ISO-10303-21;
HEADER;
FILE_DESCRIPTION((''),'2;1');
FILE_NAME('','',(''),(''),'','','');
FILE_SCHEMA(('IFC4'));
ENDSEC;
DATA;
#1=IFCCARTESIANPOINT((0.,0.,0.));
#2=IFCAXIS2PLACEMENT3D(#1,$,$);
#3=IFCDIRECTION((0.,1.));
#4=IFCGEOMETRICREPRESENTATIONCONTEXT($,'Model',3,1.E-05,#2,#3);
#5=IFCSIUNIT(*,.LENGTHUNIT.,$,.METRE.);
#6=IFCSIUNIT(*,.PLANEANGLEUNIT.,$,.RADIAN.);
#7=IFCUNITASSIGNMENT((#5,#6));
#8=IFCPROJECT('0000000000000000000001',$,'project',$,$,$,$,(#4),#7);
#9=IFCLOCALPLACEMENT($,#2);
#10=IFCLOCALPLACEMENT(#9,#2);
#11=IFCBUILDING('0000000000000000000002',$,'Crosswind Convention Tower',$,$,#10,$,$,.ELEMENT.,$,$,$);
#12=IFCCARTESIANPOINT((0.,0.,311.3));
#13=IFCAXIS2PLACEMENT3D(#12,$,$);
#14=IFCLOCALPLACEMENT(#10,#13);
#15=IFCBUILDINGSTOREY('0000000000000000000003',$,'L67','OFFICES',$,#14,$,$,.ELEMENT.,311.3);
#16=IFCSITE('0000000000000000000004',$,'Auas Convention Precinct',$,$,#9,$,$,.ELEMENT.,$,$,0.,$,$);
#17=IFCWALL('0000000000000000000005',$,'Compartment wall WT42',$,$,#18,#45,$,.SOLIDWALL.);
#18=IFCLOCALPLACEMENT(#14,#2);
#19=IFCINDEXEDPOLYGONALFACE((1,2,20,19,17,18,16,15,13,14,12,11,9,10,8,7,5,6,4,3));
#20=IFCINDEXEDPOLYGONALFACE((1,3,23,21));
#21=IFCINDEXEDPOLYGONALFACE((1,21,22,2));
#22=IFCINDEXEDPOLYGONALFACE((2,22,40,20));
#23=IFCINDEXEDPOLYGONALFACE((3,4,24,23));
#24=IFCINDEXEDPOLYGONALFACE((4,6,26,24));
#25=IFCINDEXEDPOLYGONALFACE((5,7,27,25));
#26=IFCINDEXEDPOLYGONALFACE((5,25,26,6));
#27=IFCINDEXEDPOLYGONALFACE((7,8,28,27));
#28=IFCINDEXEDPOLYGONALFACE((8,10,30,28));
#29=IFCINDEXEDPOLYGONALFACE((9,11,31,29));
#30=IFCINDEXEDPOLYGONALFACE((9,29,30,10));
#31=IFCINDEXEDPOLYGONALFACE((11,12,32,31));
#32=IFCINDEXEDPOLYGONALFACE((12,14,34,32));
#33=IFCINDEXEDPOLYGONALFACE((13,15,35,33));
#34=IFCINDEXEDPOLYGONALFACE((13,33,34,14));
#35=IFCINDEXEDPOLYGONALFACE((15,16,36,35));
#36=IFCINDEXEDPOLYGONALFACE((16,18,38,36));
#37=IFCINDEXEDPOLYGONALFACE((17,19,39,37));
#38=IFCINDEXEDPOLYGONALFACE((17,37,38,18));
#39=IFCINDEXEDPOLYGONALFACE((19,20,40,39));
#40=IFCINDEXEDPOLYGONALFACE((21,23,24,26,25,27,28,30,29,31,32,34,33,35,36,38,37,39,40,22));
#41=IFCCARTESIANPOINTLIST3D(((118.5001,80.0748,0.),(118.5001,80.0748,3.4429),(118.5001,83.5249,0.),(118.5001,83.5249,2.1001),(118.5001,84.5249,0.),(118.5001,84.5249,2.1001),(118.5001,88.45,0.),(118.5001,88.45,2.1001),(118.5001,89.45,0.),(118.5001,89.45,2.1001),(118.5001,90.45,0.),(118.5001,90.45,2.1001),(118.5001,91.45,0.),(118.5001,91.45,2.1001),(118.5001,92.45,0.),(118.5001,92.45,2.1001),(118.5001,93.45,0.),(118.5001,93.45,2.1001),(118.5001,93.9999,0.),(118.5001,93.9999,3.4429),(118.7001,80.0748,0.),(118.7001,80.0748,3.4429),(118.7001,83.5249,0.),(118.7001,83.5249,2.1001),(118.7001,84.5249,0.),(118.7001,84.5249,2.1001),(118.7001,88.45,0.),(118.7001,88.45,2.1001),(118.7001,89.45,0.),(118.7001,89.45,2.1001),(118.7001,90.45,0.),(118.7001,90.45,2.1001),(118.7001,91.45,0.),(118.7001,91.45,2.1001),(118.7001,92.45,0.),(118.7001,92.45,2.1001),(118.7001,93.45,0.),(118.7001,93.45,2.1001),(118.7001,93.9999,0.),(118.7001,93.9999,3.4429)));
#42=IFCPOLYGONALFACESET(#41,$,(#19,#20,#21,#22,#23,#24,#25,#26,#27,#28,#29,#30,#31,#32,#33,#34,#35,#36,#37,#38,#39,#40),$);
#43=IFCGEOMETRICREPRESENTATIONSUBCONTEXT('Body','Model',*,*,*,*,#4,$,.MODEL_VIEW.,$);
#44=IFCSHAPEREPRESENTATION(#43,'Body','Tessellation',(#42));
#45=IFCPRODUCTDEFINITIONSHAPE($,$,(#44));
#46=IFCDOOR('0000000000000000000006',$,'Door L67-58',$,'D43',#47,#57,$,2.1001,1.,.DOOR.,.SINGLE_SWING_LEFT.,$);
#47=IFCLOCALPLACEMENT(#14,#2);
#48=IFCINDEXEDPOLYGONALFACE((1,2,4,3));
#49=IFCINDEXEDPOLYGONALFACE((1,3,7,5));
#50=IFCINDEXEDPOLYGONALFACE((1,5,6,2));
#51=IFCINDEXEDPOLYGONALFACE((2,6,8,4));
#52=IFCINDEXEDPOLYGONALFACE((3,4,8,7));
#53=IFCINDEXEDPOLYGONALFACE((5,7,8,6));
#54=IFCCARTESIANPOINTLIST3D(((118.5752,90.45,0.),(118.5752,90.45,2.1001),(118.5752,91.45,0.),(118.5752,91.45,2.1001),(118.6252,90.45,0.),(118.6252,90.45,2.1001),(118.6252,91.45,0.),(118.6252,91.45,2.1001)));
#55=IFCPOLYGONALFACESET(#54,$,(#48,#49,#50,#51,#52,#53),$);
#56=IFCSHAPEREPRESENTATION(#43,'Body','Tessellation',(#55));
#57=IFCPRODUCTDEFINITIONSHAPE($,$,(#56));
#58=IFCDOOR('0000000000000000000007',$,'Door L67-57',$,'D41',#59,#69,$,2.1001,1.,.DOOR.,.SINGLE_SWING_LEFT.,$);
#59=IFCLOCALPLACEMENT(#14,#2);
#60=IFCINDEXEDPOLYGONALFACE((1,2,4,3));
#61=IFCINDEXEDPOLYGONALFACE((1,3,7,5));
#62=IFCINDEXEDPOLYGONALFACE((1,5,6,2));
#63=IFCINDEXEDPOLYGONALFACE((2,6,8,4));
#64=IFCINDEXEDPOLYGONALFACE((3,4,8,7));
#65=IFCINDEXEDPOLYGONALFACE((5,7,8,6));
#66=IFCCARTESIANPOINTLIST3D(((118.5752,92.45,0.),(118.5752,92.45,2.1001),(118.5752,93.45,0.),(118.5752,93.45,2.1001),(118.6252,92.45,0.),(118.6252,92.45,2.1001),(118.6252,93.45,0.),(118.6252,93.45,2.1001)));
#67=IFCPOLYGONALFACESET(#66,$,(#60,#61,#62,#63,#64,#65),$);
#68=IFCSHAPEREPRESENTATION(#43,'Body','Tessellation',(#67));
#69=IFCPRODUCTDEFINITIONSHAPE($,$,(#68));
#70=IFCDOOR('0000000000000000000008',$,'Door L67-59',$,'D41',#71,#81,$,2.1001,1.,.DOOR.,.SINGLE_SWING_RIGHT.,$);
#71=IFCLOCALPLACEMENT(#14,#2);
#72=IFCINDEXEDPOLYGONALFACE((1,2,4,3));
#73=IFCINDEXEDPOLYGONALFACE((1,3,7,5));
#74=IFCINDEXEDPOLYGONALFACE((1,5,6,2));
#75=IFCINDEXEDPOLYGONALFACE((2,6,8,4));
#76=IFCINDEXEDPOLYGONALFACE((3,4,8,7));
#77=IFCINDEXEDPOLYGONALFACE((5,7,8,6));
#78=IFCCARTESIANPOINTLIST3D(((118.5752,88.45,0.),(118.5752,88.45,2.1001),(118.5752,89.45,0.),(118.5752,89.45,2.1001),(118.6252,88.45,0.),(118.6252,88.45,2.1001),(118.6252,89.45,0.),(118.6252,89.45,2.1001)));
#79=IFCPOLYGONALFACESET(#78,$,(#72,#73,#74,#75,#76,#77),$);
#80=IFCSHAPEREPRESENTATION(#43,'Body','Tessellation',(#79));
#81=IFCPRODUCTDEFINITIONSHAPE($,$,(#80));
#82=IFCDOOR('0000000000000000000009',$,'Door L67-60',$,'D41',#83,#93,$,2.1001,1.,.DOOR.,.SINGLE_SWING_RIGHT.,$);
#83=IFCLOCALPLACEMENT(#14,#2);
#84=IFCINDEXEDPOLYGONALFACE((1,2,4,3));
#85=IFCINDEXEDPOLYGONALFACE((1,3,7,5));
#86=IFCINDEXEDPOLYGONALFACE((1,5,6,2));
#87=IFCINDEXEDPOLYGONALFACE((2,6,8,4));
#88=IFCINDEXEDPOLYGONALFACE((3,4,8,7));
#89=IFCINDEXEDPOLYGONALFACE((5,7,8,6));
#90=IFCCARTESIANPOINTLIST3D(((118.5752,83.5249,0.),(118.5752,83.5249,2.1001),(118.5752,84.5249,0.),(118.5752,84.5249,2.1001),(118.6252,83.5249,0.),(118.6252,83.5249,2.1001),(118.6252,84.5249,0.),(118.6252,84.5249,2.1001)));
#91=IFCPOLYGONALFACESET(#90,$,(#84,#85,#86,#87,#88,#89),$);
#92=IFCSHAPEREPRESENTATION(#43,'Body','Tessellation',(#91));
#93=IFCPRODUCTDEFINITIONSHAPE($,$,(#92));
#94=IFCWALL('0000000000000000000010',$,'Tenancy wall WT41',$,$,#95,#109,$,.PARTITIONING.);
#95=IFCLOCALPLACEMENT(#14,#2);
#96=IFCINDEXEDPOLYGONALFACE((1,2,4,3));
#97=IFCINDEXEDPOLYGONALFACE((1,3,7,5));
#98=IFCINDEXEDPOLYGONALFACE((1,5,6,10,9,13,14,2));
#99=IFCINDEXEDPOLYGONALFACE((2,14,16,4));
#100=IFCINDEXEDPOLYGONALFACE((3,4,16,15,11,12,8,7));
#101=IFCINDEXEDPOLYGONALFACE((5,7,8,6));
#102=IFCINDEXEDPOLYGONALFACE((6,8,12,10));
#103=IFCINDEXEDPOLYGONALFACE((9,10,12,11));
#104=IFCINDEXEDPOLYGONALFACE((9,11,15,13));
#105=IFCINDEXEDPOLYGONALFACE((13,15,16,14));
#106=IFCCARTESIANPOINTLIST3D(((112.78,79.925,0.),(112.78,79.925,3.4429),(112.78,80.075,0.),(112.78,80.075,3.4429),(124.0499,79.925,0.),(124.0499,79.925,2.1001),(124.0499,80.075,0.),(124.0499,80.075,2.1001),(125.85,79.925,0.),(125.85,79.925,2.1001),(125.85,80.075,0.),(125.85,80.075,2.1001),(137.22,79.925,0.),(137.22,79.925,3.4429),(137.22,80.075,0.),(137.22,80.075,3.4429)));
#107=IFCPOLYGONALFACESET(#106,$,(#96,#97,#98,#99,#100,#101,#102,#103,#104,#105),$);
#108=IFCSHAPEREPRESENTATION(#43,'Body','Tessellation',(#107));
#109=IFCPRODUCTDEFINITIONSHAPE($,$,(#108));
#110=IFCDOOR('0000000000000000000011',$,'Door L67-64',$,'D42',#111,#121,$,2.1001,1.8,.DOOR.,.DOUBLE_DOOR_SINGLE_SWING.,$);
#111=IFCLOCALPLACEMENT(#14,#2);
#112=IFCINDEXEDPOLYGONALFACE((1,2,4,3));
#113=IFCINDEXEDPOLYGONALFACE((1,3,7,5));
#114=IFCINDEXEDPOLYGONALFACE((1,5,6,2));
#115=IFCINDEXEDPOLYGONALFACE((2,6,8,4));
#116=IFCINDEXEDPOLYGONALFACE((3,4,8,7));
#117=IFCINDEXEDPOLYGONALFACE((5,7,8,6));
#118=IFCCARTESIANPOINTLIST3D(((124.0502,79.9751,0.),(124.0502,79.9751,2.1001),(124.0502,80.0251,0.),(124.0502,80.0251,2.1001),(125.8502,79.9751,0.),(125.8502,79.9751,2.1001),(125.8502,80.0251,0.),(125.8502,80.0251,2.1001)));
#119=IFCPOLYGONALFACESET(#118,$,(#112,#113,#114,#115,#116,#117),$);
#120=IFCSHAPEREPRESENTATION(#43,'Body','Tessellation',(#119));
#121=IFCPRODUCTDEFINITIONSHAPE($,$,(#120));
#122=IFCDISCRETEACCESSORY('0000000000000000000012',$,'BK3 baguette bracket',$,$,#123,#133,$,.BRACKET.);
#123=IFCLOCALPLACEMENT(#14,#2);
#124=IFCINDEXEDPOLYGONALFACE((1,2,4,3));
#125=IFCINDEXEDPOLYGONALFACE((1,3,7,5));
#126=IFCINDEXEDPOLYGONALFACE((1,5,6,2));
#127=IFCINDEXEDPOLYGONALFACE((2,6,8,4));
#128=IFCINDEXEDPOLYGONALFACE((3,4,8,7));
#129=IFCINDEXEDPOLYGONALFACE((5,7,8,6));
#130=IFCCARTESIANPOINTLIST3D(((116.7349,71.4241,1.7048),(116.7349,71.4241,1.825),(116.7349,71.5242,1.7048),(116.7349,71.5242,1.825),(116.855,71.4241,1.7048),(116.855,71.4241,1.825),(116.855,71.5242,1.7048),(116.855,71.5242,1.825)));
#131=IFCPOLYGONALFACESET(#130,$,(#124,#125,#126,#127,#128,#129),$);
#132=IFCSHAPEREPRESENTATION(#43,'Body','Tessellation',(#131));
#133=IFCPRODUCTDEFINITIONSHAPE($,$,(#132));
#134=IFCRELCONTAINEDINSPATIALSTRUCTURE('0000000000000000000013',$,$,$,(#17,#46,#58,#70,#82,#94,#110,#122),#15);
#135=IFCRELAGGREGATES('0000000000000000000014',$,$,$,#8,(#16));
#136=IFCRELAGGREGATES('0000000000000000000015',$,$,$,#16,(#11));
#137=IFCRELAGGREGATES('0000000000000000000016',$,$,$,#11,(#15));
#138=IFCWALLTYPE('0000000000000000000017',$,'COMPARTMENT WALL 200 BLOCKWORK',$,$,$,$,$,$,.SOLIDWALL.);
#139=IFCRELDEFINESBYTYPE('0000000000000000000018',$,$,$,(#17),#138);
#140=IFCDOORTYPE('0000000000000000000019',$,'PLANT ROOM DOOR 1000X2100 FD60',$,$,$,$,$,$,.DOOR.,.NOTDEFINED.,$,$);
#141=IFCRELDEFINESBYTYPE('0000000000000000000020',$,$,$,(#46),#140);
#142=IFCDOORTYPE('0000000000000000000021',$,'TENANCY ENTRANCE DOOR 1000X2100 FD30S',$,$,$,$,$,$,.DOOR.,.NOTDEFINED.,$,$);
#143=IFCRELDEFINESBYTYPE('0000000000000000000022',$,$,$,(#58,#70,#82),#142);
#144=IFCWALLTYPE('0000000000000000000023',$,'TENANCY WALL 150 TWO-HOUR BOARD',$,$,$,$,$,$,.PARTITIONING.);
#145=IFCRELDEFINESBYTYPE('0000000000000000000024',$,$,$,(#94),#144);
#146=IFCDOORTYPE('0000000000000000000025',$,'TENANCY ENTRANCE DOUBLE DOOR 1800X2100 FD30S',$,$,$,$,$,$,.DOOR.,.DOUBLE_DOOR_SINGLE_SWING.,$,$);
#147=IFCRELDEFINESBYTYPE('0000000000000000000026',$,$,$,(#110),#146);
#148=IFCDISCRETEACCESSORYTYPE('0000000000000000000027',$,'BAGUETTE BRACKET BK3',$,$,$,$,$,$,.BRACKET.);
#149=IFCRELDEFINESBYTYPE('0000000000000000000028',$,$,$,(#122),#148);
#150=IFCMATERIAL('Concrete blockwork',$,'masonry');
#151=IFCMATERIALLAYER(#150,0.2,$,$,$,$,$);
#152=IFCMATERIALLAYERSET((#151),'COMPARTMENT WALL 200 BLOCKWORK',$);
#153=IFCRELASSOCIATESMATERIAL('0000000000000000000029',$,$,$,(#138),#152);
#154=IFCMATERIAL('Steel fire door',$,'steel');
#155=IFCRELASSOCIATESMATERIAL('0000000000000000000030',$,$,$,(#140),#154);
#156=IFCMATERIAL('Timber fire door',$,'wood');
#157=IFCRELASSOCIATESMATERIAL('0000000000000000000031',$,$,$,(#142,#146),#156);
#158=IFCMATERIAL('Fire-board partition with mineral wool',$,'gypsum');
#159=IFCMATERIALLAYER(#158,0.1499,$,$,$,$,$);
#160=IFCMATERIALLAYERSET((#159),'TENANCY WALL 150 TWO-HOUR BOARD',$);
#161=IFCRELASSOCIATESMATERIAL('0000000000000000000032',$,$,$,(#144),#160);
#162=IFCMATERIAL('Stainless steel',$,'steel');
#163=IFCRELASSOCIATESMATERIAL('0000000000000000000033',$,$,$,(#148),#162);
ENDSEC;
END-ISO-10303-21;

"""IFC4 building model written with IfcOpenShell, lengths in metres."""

from ifc_helpers import new_model, si_unit, direction, frame, frame_2d, origin, origin_2d, place, context, subcontext, project, spatial, rectangle, extrude, material, layer, layer_set, type_object, element, fill, save


model = new_model("IFC4")

# Units and contexts
model_context = context("Model", 3, precision=1e-05, world=origin(), true_north=direction((0.0, 1.0)))
body_context = subcontext(model_context, "Body", "Model", "MODEL_VIEW")
ifc_project = project(units=[si_unit("LENGTHUNIT", "METRE"), si_unit("PLANEANGLEUNIT", "RADIAN")], contexts=[model_context])

# Site, building, storey
site_placement = place(None, origin())
site = spatial("IfcSite", under=ifc_project, at=site_placement, Name="Auas Convention Precinct", CompositionType="ELEMENT", RefElevation=0.0)
building_placement = place(site_placement, origin())
building = spatial("IfcBuilding", under=site, at=building_placement, Name="Crosswind Convention Tower", CompositionType="ELEMENT")
storey_placement = place(building_placement, frame((0.0, 0.0, 311.3)))
storey = spatial("IfcBuildingStorey", under=building, at=storey_placement, Name="L67", Description="OFFICES", CompositionType="ELEMENT", Elevation=311.3)

# Wall, openings, doors
ifc_material_1 = material(Name="Concrete blockwork", Category="masonry")
ifc_layer_1 = layer(ifc_material_1, 0.2)
ifc_layer_set_1 = layer_set([ifc_layer_1], Name="COMPARTMENT WALL 200 BLOCKWORK")
wall_type_1 = type_object("IfcWallType", Name="COMPARTMENT WALL 200 BLOCKWORK", PredefinedType="SOLIDWALL", material=ifc_layer_set_1)
wall_1_placement = place(storey_placement, frame((118.6001, 80.075, 0.0), z_axis=(0.0, 0.0, 1.0), x_axis=(0.0, 1.0, 0.0)))
wall_1 = element("IfcWall", 1, at=wall_1_placement, inside=storey, type_object=wall_type_1, Name="Compartment wall WT42", PredefinedType="SOLIDWALL", context=body_context, shape_type="SweptSolid", body=[
    extrude(rectangle(XDim=13.925, YDim=0.2, at=frame_2d((6.9624, 0.0))), origin(), (0.0, 0.0, 1.0), 3.4429),
])
opening_1_placement = place(wall_1_placement, frame((12.375, 0.0, 0.0)))
opening_1 = element("IfcOpeningElement", 2, at=opening_1_placement, cuts=wall_1, PredefinedType="OPENING", context=body_context, shape_type="SweptSolid", body=[
    extrude(rectangle(XDim=1.0, YDim=2.1001, at=frame_2d((0.5, 1.05))), frame((0.0, 0.1099, 0.0), z_axis=(0.0, -1.0, 0.0), x_axis=(1.0, 0.0, 0.0)), (0.0, 0.0, 1.0), 0.22),
])
opening_2_placement = place(wall_1_placement, frame((10.375, 0.0, 0.0)))
opening_2 = element("IfcOpeningElement", 3, at=opening_2_placement, cuts=wall_1, PredefinedType="OPENING", context=body_context, shape_type="SweptSolid", body=[
    extrude(rectangle(XDim=1.0, YDim=2.1001, at=frame_2d((0.5, 1.05))), frame((0.0, 0.1099, 0.0), z_axis=(0.0, -1.0, 0.0), x_axis=(1.0, 0.0, 0.0)), (0.0, 0.0, 1.0), 0.22),
])
opening_3_placement = place(wall_1_placement, frame((8.375, 0.0, 0.0)))
opening_3 = element("IfcOpeningElement", 4, at=opening_3_placement, cuts=wall_1, PredefinedType="OPENING", context=body_context, shape_type="SweptSolid", body=[
    extrude(rectangle(XDim=1.0, YDim=2.1001, at=frame_2d((0.5, 1.05))), frame((0.0, 0.1099, 0.0), z_axis=(0.0, -1.0, 0.0), x_axis=(1.0, 0.0, 0.0)), (0.0, 0.0, 1.0), 0.22),
])
opening_4_placement = place(wall_1_placement, frame((3.45, 0.0, 0.0)))
opening_4 = element("IfcOpeningElement", 5, at=opening_4_placement, cuts=wall_1, PredefinedType="OPENING", context=body_context, shape_type="SweptSolid", body=[
    extrude(rectangle(XDim=1.0, YDim=2.1001, at=frame_2d((0.5, 1.05))), frame((0.0, 0.1099, 0.0), z_axis=(0.0, -1.0, 0.0), x_axis=(1.0, 0.0, 0.0)), (0.0, 0.0, 1.0), 0.22),
])
ifc_material_2 = material(Name="Steel fire door", Category="steel")
door_type_1 = type_object("IfcDoorType", Name="PLANT ROOM DOOR 1000X2100 FD60", OperationType="NOTDEFINED", PredefinedType="DOOR", material=ifc_material_2)
door_1_placement = place(opening_2_placement, origin())
door_1 = element("IfcDoor", 6, at=door_1_placement, inside=storey, type_object=door_type_1, Name="Door L67-58", ObjectType="D43", OperationType="SINGLE_SWING_LEFT", OverallHeight=2.1001, OverallWidth=1.0, PredefinedType="DOOR", context=body_context, shape_type="SweptSolid", body=[
    extrude(rectangle(XDim=1.0, YDim=2.1001, at=frame_2d((0.5, 1.05))), frame((0.0, 0.0249, 0.0), z_axis=(0.0, -1.0, 0.0), x_axis=(1.0, 0.0, 0.0)), (0.0, 0.0, 1.0), 0.05),
])
fill(opening_2, door_1)
ifc_material_3 = material(Name="Timber fire door", Category="wood")
door_type_2 = type_object("IfcDoorType", Name="TENANCY ENTRANCE DOOR 1000X2100 FD30S", OperationType="NOTDEFINED", PredefinedType="DOOR", material=ifc_material_3)
door_2_placement = place(opening_1_placement, origin())
door_2 = element("IfcDoor", 7, at=door_2_placement, inside=storey, type_object=door_type_2, Name="Door L67-57", ObjectType="D41", OperationType="SINGLE_SWING_LEFT", OverallHeight=2.1001, OverallWidth=1.0, PredefinedType="DOOR", context=body_context, shape_type="SweptSolid", body=[
    extrude(rectangle(XDim=1.0, YDim=2.1001, at=frame_2d((0.5, 1.05))), frame((0.0, 0.0249, 0.0), z_axis=(0.0, -1.0, 0.0), x_axis=(1.0, 0.0, 0.0)), (0.0, 0.0, 1.0), 0.05),
])
fill(opening_1, door_2)
door_3_placement = place(opening_3_placement, origin())
door_3 = element("IfcDoor", 8, at=door_3_placement, inside=storey, type_object=door_type_2, Name="Door L67-59", ObjectType="D41", OperationType="SINGLE_SWING_RIGHT", OverallHeight=2.1001, OverallWidth=1.0, PredefinedType="DOOR", context=body_context, shape_type="SweptSolid", body=[
    extrude(rectangle(XDim=1.0, YDim=2.1001, at=frame_2d((0.5, 1.05))), frame((0.0, 0.0249, 0.0), z_axis=(0.0, -1.0, 0.0), x_axis=(1.0, 0.0, 0.0)), (0.0, 0.0, 1.0), 0.05),
])
fill(opening_3, door_3)
door_4_placement = place(opening_4_placement, origin())
door_4 = element("IfcDoor", 9, at=door_4_placement, inside=storey, type_object=door_type_2, Name="Door L67-60", ObjectType="D41", OperationType="SINGLE_SWING_RIGHT", OverallHeight=2.1001, OverallWidth=1.0, PredefinedType="DOOR", context=body_context, shape_type="SweptSolid", body=[
    extrude(rectangle(XDim=1.0, YDim=2.1001, at=frame_2d((0.5, 1.05))), frame((0.0, 0.0249, 0.0), z_axis=(0.0, -1.0, 0.0), x_axis=(1.0, 0.0, 0.0)), (0.0, 0.0, 1.0), 0.05),
])
fill(opening_4, door_4)

# Wall, opening, door
ifc_material_4 = material(Name="Fire-board partition with mineral wool", Category="gypsum")
ifc_layer_2 = layer(ifc_material_4, 0.1499)
ifc_layer_set_2 = layer_set([ifc_layer_2], Name="TENANCY WALL 150 TWO-HOUR BOARD")
wall_type_2 = type_object("IfcWallType", Name="TENANCY WALL 150 TWO-HOUR BOARD", PredefinedType="PARTITIONING", material=ifc_layer_set_2)
wall_2_placement = place(storey_placement, frame((112.78, 80.0, 0.0), z_axis=(0.0, 0.0, 1.0), x_axis=(1.0, 0.0, 0.0)))
wall_2 = element("IfcWall", 10, at=wall_2_placement, inside=storey, type_object=wall_type_2, Name="Tenancy wall WT41", PredefinedType="PARTITIONING", context=body_context, shape_type="SweptSolid", body=[
    extrude(rectangle(XDim=24.4399, YDim=0.1499, at=frame_2d((12.22, 0.0))), origin(), (0.0, 0.0, 1.0), 3.4429),
])
opening_5_placement = place(wall_2_placement, frame((11.27, 0.0, 0.0)))
opening_5 = element("IfcOpeningElement", 11, at=opening_5_placement, cuts=wall_2, PredefinedType="OPENING", context=body_context, shape_type="SweptSolid", body=[
    extrude(rectangle(XDim=1.8, YDim=2.1001, at=frame_2d((0.8999, 1.05))), frame((0.0, 0.085, 0.0), z_axis=(0.0, -1.0, 0.0), x_axis=(1.0, 0.0, 0.0)), (0.0, 0.0, 1.0), 0.1699),
])
door_type_3 = type_object("IfcDoorType", Name="TENANCY ENTRANCE DOUBLE DOOR 1800X2100 FD30S", OperationType="DOUBLE_DOOR_SINGLE_SWING", PredefinedType="DOOR", material=ifc_material_3)
door_5_placement = place(opening_5_placement, frame((1.8, 0.0, 0.0), z_axis=(0.0, 0.0, 1.0), x_axis=(-1.0, 0.0, 0.0)))
door_5 = element("IfcDoor", 12, at=door_5_placement, inside=storey, type_object=door_type_3, Name="Door L67-64", ObjectType="D42", OperationType="DOUBLE_DOOR_SINGLE_SWING", OverallHeight=2.1001, OverallWidth=1.8, PredefinedType="DOOR", context=body_context, shape_type="SweptSolid", body=[
    extrude(rectangle(XDim=1.8, YDim=2.1001, at=frame_2d((0.8999, 1.05))), frame((0.0, 0.0249, 0.0), z_axis=(0.0, -1.0, 0.0), x_axis=(1.0, 0.0, 0.0)), (0.0, 0.0, 1.0), 0.05),
])
fill(opening_5, door_5)

# Discrete accessory
ifc_material_5 = material(Name="Stainless steel", Category="steel")
discrete_accessory_type = type_object("IfcDiscreteAccessoryType", Name="BAGUETTE BRACKET BK3", PredefinedType="BRACKET", material=ifc_material_5)
discrete_accessory_placement = place(storey_placement, frame((116.7949, 71.4741, 1.7048), z_axis=(0.0, 0.0, 1.0), x_axis=(1.0, 0.0, 0.0)))
element("IfcDiscreteAccessory", 13, at=discrete_accessory_placement, inside=storey, type_object=discrete_accessory_type, Name="BK3 baguette bracket", PredefinedType="BRACKET", context=body_context, shape_type="SweptSolid", body=[
    extrude(rectangle(XDim=0.1201, YDim=0.1001, at=origin_2d()), origin(), (0.0, 0.0, 1.0), 0.1201),
])

save(model, "model.ifc")
